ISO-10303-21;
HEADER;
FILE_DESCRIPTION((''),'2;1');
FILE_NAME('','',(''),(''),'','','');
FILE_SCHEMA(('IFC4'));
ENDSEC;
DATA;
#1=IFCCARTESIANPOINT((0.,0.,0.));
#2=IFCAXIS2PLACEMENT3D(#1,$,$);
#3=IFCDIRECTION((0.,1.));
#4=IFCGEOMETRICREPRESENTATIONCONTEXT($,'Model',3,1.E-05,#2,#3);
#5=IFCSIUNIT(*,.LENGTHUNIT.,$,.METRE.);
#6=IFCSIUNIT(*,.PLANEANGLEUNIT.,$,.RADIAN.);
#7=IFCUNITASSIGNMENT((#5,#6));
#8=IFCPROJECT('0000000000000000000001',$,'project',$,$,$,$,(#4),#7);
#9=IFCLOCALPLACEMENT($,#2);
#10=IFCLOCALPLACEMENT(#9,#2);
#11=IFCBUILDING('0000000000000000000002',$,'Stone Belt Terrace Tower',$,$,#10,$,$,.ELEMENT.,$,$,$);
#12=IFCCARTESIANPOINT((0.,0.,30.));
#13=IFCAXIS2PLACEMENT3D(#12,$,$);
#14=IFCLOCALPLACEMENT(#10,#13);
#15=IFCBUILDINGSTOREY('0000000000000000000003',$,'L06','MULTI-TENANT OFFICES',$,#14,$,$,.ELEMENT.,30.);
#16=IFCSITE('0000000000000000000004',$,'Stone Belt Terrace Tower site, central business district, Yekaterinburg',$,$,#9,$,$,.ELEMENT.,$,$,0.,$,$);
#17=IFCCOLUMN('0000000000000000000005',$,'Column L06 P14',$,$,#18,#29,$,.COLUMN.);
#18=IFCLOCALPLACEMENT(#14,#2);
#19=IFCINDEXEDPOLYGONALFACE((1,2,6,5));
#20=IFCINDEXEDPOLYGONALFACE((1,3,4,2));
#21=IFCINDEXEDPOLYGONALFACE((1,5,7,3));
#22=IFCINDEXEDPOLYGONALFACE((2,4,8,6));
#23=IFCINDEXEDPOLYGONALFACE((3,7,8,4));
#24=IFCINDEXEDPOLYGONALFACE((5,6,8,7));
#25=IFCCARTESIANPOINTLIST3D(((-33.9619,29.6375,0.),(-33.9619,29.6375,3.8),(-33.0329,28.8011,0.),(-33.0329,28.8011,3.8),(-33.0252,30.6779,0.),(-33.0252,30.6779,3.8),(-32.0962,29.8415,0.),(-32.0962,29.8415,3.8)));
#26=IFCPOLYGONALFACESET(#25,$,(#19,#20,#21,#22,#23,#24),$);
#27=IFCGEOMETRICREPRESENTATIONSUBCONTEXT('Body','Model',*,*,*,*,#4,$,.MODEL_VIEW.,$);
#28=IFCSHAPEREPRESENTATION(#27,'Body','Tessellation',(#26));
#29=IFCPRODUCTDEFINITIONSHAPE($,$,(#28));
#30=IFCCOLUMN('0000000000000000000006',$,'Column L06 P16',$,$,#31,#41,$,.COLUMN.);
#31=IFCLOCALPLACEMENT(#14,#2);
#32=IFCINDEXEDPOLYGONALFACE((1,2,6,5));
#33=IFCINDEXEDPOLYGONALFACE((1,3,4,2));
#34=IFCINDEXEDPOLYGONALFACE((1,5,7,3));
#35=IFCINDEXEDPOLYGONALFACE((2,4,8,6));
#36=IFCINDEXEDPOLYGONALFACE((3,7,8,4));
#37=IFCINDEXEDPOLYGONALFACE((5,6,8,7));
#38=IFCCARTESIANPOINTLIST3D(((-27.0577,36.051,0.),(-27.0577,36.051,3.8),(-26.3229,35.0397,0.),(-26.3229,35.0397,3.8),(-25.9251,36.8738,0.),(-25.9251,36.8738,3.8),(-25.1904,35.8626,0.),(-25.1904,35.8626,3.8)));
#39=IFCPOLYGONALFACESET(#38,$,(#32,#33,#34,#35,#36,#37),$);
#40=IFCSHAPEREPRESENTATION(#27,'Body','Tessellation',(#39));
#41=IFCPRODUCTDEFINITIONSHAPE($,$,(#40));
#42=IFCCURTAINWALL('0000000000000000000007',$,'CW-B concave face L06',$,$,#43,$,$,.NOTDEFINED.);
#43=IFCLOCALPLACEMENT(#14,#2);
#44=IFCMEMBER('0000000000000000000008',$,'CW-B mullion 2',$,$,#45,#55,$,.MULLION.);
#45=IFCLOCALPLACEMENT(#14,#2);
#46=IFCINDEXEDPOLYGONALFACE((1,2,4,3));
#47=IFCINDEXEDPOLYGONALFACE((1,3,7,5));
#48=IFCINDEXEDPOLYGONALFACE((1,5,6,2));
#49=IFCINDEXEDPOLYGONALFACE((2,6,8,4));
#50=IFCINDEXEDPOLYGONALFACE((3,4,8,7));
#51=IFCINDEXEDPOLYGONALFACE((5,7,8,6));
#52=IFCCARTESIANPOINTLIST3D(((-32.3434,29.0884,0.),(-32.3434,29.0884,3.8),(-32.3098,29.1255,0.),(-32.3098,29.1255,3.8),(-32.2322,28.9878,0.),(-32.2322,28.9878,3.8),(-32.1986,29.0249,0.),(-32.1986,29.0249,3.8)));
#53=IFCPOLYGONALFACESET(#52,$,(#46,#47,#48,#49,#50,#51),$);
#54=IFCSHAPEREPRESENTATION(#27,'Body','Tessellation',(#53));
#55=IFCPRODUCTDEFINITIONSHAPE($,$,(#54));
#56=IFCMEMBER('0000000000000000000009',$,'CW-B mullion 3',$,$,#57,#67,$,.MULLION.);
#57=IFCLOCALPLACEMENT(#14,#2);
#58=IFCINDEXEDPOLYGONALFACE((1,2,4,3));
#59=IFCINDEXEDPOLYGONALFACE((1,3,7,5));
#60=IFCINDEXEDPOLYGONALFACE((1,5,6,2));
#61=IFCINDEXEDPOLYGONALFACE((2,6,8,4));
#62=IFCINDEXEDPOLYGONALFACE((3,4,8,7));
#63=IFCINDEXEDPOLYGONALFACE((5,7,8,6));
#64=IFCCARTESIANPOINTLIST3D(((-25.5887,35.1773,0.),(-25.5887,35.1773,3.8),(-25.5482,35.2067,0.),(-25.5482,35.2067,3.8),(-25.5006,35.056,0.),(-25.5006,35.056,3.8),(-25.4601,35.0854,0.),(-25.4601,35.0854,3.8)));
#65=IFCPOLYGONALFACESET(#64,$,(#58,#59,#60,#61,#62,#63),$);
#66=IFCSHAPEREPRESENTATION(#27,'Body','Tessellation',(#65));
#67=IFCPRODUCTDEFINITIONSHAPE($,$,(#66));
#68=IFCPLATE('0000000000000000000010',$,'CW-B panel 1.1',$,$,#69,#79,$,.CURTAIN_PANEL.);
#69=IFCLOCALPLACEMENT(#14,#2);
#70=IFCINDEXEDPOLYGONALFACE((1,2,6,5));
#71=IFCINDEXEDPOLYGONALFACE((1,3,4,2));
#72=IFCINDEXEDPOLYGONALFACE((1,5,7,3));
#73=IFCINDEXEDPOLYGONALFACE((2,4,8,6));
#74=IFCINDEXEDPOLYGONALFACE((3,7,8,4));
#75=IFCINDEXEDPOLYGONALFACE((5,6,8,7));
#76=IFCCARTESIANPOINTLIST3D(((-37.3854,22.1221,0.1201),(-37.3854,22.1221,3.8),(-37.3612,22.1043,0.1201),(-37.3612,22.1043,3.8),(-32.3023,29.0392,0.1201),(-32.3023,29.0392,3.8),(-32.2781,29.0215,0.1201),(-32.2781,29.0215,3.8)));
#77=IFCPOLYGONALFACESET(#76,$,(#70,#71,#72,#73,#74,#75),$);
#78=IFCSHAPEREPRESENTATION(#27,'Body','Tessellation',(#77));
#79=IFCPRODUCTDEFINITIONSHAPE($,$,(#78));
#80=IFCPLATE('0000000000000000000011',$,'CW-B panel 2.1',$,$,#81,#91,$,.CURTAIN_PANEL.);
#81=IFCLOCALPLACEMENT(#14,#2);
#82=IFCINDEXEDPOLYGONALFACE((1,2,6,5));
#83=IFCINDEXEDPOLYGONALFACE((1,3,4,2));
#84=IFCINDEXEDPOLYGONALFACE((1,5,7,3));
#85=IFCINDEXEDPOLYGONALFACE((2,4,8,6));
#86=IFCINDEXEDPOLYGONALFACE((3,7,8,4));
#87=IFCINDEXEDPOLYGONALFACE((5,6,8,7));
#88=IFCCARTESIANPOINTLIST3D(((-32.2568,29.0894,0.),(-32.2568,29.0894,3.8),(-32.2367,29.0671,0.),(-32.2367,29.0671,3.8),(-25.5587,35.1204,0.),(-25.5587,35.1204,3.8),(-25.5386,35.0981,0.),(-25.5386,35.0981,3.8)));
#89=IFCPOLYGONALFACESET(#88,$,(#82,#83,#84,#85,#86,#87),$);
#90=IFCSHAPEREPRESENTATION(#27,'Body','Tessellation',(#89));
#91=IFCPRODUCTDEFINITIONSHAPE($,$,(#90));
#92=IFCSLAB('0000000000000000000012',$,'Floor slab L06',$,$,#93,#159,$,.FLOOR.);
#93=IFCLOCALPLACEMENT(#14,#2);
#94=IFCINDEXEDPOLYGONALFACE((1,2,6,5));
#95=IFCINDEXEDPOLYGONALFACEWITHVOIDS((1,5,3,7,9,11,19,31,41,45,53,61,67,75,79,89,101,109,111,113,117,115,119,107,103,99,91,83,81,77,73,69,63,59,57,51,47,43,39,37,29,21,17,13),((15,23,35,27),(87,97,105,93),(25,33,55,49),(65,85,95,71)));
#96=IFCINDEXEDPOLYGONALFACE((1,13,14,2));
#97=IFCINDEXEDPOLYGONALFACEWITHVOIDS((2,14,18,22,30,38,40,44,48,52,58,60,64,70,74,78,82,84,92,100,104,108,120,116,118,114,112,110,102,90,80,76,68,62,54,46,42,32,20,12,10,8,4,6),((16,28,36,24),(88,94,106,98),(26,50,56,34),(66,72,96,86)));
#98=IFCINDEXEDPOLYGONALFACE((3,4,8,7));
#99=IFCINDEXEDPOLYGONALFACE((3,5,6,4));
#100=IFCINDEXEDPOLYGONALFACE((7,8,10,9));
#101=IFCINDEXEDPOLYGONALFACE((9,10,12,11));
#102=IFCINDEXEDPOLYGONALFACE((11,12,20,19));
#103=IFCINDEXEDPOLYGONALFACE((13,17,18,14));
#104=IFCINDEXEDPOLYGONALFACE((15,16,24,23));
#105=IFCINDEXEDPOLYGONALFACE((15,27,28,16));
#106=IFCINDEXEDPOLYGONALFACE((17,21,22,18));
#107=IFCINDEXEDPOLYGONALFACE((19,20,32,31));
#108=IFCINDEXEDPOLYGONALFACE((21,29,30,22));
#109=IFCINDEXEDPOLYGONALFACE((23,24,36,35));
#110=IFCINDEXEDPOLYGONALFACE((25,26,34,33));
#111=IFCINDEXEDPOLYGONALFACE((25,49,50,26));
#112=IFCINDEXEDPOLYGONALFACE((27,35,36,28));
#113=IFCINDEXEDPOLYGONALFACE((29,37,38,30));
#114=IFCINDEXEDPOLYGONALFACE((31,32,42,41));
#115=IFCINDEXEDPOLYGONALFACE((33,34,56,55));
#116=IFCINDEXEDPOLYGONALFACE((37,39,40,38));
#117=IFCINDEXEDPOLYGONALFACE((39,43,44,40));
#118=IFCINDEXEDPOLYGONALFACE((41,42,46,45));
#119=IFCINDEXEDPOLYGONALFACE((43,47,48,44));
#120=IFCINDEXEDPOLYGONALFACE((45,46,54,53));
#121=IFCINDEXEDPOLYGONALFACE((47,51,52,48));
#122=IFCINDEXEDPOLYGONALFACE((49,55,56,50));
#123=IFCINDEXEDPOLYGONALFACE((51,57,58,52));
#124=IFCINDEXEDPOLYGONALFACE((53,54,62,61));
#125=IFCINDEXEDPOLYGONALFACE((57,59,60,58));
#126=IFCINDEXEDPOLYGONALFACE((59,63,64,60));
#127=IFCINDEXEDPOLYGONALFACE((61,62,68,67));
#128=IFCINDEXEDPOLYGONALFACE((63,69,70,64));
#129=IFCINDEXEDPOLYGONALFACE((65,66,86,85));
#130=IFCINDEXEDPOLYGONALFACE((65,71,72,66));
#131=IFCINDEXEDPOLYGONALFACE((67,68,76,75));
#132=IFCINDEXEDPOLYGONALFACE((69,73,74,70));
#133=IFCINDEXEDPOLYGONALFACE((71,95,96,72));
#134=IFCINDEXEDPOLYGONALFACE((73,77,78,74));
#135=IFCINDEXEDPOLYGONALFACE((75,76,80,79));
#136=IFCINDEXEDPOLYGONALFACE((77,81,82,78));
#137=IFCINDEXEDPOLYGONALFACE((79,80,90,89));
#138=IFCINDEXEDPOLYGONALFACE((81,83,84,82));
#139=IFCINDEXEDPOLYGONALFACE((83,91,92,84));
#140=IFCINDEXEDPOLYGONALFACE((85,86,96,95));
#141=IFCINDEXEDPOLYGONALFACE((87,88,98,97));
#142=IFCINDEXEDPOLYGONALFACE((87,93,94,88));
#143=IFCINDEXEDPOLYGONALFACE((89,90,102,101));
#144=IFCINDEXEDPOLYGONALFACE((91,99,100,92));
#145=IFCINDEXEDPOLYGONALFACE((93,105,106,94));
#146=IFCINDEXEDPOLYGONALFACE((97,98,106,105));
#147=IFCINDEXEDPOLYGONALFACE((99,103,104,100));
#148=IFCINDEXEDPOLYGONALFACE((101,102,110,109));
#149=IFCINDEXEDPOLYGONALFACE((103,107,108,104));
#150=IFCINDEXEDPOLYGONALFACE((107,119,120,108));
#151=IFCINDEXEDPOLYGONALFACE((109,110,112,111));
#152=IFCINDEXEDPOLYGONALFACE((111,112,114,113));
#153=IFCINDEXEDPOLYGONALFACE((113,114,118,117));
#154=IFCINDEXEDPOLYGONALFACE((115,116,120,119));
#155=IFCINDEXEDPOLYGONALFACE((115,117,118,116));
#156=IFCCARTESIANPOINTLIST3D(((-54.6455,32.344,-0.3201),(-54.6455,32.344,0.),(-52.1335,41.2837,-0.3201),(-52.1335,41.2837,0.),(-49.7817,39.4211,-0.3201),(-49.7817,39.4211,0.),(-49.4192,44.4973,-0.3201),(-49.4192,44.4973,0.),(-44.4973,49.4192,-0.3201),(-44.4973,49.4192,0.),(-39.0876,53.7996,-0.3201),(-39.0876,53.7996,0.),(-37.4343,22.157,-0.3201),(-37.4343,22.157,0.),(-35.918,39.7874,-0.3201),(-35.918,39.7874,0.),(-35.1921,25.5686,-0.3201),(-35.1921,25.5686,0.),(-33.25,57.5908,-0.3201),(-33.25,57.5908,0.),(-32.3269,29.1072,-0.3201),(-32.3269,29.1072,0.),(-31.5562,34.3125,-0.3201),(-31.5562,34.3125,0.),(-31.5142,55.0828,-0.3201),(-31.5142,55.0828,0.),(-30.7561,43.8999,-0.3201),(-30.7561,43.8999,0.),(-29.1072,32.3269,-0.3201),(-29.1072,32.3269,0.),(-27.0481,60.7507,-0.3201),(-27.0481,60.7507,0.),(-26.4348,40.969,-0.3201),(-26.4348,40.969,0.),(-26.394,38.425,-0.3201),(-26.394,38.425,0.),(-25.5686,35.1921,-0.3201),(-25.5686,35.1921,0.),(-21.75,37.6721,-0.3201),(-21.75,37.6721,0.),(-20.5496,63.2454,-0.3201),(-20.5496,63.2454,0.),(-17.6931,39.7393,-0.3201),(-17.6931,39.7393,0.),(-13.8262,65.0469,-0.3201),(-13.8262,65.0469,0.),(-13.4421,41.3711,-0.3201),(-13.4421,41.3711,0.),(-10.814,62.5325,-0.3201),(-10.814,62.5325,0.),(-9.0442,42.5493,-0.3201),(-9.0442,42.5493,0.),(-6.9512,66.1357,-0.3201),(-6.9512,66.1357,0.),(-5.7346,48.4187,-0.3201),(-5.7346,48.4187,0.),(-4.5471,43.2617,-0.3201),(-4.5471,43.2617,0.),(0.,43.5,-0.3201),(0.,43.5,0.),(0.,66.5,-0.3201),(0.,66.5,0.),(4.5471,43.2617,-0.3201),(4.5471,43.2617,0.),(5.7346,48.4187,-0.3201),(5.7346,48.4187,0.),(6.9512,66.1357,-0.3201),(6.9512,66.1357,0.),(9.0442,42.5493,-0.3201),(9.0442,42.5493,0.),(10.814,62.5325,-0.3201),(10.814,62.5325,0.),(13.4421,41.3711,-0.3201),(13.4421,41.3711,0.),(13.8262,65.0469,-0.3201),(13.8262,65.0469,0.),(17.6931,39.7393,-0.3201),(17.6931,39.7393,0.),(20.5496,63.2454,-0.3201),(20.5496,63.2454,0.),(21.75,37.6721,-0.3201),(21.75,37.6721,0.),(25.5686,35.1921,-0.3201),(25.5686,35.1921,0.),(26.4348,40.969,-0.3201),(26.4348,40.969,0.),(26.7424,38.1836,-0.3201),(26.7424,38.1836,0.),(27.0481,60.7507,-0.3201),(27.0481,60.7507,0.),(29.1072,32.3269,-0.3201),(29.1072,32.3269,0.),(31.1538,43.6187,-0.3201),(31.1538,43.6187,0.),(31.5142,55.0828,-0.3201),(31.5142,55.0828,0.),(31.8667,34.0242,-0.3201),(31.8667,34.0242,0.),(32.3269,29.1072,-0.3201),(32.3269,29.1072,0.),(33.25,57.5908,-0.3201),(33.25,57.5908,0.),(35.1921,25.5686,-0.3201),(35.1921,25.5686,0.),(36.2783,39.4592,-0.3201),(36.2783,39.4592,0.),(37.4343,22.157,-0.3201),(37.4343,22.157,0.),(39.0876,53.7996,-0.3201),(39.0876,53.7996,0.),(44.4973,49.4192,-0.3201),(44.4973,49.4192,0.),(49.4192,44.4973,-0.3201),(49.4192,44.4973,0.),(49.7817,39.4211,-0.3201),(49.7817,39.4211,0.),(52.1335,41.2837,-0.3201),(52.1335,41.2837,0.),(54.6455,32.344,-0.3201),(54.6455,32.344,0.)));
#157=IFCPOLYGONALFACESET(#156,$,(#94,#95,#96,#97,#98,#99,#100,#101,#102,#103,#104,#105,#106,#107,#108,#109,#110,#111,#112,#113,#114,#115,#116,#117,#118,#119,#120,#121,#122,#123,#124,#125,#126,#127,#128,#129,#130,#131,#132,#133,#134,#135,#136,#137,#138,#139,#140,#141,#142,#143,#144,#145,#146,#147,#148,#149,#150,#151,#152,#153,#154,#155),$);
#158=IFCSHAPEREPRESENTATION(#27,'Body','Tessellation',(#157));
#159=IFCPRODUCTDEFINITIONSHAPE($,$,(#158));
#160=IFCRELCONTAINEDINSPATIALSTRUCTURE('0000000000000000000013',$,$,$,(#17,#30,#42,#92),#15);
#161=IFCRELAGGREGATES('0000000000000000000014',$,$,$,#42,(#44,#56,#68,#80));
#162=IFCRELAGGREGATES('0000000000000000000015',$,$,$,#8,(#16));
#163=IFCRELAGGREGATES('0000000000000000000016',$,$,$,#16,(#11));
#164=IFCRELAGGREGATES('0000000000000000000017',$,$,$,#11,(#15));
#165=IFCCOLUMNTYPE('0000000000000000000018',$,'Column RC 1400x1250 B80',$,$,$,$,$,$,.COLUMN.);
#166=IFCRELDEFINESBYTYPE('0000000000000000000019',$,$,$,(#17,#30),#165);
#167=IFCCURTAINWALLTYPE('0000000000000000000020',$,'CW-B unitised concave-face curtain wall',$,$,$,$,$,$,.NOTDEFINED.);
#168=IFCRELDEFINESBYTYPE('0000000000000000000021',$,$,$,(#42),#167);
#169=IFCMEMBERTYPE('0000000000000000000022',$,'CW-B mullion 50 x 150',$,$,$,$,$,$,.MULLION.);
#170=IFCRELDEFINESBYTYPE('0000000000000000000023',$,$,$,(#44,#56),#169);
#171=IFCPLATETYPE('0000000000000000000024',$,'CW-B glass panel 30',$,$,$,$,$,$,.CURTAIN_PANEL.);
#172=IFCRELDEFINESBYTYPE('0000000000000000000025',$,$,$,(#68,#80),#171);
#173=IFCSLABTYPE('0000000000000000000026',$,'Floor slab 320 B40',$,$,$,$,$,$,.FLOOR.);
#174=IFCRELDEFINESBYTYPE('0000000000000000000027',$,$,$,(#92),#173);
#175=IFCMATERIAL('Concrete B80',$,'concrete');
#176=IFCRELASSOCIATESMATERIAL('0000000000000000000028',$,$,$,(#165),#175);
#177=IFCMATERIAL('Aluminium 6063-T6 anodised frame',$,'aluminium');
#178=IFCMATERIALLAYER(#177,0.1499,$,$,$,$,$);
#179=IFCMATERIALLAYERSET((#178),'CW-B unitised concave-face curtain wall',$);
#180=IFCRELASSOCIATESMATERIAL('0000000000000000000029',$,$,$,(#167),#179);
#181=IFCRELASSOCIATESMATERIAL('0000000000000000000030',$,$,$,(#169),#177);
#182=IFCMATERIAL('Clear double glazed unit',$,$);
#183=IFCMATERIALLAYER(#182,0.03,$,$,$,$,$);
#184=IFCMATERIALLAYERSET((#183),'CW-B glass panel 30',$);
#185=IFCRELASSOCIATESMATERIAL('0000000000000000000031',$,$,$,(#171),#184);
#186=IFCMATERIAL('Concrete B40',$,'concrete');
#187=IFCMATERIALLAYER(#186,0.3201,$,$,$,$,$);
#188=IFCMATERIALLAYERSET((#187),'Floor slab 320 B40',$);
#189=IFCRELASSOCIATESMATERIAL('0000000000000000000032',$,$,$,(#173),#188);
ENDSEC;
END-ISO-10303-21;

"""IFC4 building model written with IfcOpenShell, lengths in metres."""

from ifc_helpers import new_model, si_unit, direction, frame, origin, origin_2d, place, context, subcontext, project, spatial, polyline, rectangle, outline, extrude, material, layer, layer_set, material_profile, profile_set, type_object, element, aggregate, save


model = new_model("IFC4")

# Units and contexts
model_context = context("Model", 3, precision=1e-05, world=origin(), true_north=direction((0.0, 1.0)))
body_context = subcontext(model_context, "Body", "Model", "MODEL_VIEW")
ifc_project = project(units=[si_unit("LENGTHUNIT", "METRE"), si_unit("PLANEANGLEUNIT", "RADIAN")], contexts=[model_context])

# Site, building, storey
site_placement = place(None, origin())
site = spatial("IfcSite", under=ifc_project, at=site_placement, Name="Stone Belt Terrace Tower site, central business district, Yekaterinburg", CompositionType="ELEMENT", RefElevation=0.0)
building_placement = place(site_placement, origin())
building = spatial("IfcBuilding", under=site, at=building_placement, Name="Stone Belt Terrace Tower", CompositionType="ELEMENT")
storey_placement = place(building_placement, frame((0.0, 0.0, 30.0)))
storey = spatial("IfcBuildingStorey", under=building, at=storey_placement, Name="L06", Description="MULTI-TENANT OFFICES", CompositionType="ELEMENT", Elevation=30.0)

# Columns
ifc_material_1 = material(Name="Concrete B80", Category="concrete")
ifc_material_profile_1 = material_profile(ifc_material_1, rectangle(XDim=1.3999, YDim=1.25, at=origin_2d()), Name="RC 1400x1250")
ifc_profile_set_1 = profile_set([ifc_material_profile_1], Name="Concrete B80")
column_type = type_object("IfcColumnType", Name="Column RC 1400x1250 B80", PredefinedType="COLUMN", material=ifc_profile_set_1)
for number, where, z_axis, x_axis, name in (
    (1, (-33.0291, 29.7395, 0.0), (0.0, 0.0, 1.0), (0.669131, 0.743145, 0.0), "Column L06 P14"),
    (2, (-26.124, 35.9568, 0.0), (0.0, 0.0, 1.0), (0.809017, 0.587785, 0.0), "Column L06 P16"),
):
    element("IfcColumn", number, at=place(storey_placement, frame(where, z_axis=z_axis, x_axis=x_axis)), inside=storey, type_object=column_type, Name=name, PredefinedType="COLUMN", context=body_context, shape_type="SweptSolid", body=[
        extrude(rectangle(XDim=1.3999, YDim=1.25, at=origin_2d()), origin(), (0.0, 0.0, 1.0), 3.8),
    ])

# Curtain wall, members, plates
ifc_material_2 = material(Name="Aluminium 6063-T6 anodised frame", Category="aluminium")
ifc_layer_1 = layer(ifc_material_2, 0.1499)
ifc_layer_set_1 = layer_set([ifc_layer_1], Name="CW-B unitised concave-face curtain wall")
curtain_wall_type = type_object("IfcCurtainWallType", Name="CW-B unitised concave-face curtain wall", PredefinedType="NOTDEFINED", material=ifc_layer_set_1)
curtain_wall_placement = place(storey_placement, origin())
curtain_wall = element("IfcCurtainWall", 3, at=curtain_wall_placement, inside=storey, type_object=curtain_wall_type, Name="CW-B concave face L06", PredefinedType="NOTDEFINED")
ifc_material_profile_2 = material_profile(ifc_material_2, rectangle(XDim=0.1499, YDim=0.05, at=origin_2d()), Name="Aluminium 6063-T6 50x150")
ifc_profile_set_2 = profile_set([ifc_material_profile_2], Name="Aluminium 6063-T6 anodised frame")
member_type = type_object("IfcMemberType", Name="CW-B mullion 50 x 150", PredefinedType="MULLION", material=ifc_profile_set_2)
member_1_placement = place(storey_placement, frame((-32.271, 29.0566, 0.0), z_axis=(0.0, 0.0, 1.0), x_axis=(-0.74133, 0.671141, 0.0)))
member_1 = element("IfcMember", 4, at=member_1_placement, type_object=member_type, Name="CW-B mullion 2", PredefinedType="MULLION", context=body_context, shape_type="SweptSolid", body=[
    extrude(rectangle(XDim=0.1499, YDim=0.05, at=origin_2d()), origin(), (0.0, 0.0, 1.0), 3.8),
])
member_2_placement = place(storey_placement, frame((-25.5244, 35.1313, 0.0), z_axis=(0.0, 0.0, 1.0), x_axis=(-0.587785, 0.809017, 0.0)))
member_2 = element("IfcMember", 5, at=member_2_placement, type_object=member_type, Name="CW-B mullion 3", PredefinedType="MULLION", context=body_context, shape_type="SweptSolid", body=[
    extrude(rectangle(XDim=0.1499, YDim=0.05, at=origin_2d()), origin(), (0.0, 0.0, 1.0), 3.8),
])
ifc_material_3 = material(Name="Clear double glazed unit")
ifc_layer_2 = layer(ifc_material_3, 0.03)
ifc_layer_set_2 = layer_set([ifc_layer_2], Name="CW-B glass panel 30")
plate_type = type_object("IfcPlateType", Name="CW-B glass panel 30", PredefinedType="CURTAIN_PANEL", material=ifc_layer_set_2)
plate_1_placement = place(storey_placement, frame((-34.8318, 25.5718, 0.1201), z_axis=(0.0, 0.0, 1.0), x_axis=(0.592159, 0.805821, 0.0)))
plate_1 = element("IfcPlate", 6, at=plate_1_placement, type_object=plate_type, Name="CW-B panel 1.1", PredefinedType="CURTAIN_PANEL", context=body_context, shape_type="SweptSolid", body=[
    extrude(rectangle(XDim=8.584, YDim=0.03, at=origin_2d()), origin(), (0.0, 0.0, 1.0), 3.6799),
])
plate_2_placement = place(storey_placement, frame((-28.8977, 32.0938, 0.0), z_axis=(0.0, 0.0, 1.0), x_axis=(0.743145, 0.669131, 0.0)))
plate_2 = element("IfcPlate", 7, at=plate_2_placement, type_object=plate_type, Name="CW-B panel 2.1", PredefinedType="CURTAIN_PANEL", context=body_context, shape_type="SweptSolid", body=[
    extrude(rectangle(XDim=9.0132, YDim=0.03, at=origin_2d()), origin(), (0.0, 0.0, 1.0), 3.8),
])
aggregate(curtain_wall, [member_1, member_2, plate_1, plate_2])

# Slab
ifc_material_4 = material(Name="Concrete B40", Category="concrete")
ifc_layer_3 = layer(ifc_material_4, 0.3201)
ifc_layer_set_3 = layer_set([ifc_layer_3], Name="Floor slab 320 B40")
slab_type_1 = type_object("IfcSlabType", Name="Floor slab 320 B40", PredefinedType="FLOOR", material=ifc_layer_set_3)
slab_1_placement = place(storey_placement, frame((0.0, 0.0, -0.3201)))
element("IfcSlab", 8, at=slab_1_placement, inside=storey, type_object=slab_type_1, Name="Floor slab L06", PredefinedType="FLOOR", context=body_context, shape_type="SweptSolid", body=[
    extrude(outline(polyline([(-49.4192, 44.4973), (-44.4973, 49.4192), (-39.0876, 53.7996), (-33.25, 57.5908), (-27.0481, 60.7507), (-20.5496, 63.2454), (-13.8262, 65.0469), (-6.9512, 66.1357), (0.0, 66.5), (6.9512, 66.1357), (13.8262, 65.0469), (20.5496, 63.2454), (27.0481, 60.7507), (33.25, 57.5908), (39.0876, 53.7996), (44.4973, 49.4192), (49.4192, 44.4973), (52.1335, 41.2837), (49.7817, 39.4211), (54.6455, 32.344), (37.4343, 22.157), (35.1921, 25.5686), (32.3269, 29.1072), (29.1072, 32.3269), (25.5686, 35.1921), (21.75, 37.6721), (17.6931, 39.7393), (13.4421, 41.3711), (9.0442, 42.5493), (4.5471, 43.2617), (0.0, 43.5), (-4.5471, 43.2617), (-9.0442, 42.5493), (-13.4421, 41.3711), (-17.6931, 39.7393), (-21.75, 37.6721), (-25.5686, 35.1921), (-29.1072, 32.3269), (-32.3269, 29.1072), (-35.1921, 25.5686), (-37.4343, 22.157), (-54.6455, 32.344), (-49.7817, 39.4211), (-52.1335, 41.2837), (-49.4192, 44.4973)]), holes=[polyline([(-26.4348, 40.969), (-5.7346, 48.4187), (-10.814, 62.5325), (-31.5142, 55.0828), (-26.4348, 40.969)]), polyline([(10.814, 62.5325), (5.7346, 48.4187), (26.4348, 40.969), (31.5142, 55.0828), (10.814, 62.5325)]), polyline([(-35.918, 39.7874), (-31.5562, 34.3125), (-26.394, 38.425), (-30.7561, 43.8999), (-35.918, 39.7874)]), polyline([(36.2783, 39.4592), (31.1538, 43.6187), (26.7424, 38.1836), (31.8667, 34.0242), (36.2783, 39.4592)])]), origin(), (0.0, 0.0, 1.0), 0.3201),
])

save(model, "model.ifc")
